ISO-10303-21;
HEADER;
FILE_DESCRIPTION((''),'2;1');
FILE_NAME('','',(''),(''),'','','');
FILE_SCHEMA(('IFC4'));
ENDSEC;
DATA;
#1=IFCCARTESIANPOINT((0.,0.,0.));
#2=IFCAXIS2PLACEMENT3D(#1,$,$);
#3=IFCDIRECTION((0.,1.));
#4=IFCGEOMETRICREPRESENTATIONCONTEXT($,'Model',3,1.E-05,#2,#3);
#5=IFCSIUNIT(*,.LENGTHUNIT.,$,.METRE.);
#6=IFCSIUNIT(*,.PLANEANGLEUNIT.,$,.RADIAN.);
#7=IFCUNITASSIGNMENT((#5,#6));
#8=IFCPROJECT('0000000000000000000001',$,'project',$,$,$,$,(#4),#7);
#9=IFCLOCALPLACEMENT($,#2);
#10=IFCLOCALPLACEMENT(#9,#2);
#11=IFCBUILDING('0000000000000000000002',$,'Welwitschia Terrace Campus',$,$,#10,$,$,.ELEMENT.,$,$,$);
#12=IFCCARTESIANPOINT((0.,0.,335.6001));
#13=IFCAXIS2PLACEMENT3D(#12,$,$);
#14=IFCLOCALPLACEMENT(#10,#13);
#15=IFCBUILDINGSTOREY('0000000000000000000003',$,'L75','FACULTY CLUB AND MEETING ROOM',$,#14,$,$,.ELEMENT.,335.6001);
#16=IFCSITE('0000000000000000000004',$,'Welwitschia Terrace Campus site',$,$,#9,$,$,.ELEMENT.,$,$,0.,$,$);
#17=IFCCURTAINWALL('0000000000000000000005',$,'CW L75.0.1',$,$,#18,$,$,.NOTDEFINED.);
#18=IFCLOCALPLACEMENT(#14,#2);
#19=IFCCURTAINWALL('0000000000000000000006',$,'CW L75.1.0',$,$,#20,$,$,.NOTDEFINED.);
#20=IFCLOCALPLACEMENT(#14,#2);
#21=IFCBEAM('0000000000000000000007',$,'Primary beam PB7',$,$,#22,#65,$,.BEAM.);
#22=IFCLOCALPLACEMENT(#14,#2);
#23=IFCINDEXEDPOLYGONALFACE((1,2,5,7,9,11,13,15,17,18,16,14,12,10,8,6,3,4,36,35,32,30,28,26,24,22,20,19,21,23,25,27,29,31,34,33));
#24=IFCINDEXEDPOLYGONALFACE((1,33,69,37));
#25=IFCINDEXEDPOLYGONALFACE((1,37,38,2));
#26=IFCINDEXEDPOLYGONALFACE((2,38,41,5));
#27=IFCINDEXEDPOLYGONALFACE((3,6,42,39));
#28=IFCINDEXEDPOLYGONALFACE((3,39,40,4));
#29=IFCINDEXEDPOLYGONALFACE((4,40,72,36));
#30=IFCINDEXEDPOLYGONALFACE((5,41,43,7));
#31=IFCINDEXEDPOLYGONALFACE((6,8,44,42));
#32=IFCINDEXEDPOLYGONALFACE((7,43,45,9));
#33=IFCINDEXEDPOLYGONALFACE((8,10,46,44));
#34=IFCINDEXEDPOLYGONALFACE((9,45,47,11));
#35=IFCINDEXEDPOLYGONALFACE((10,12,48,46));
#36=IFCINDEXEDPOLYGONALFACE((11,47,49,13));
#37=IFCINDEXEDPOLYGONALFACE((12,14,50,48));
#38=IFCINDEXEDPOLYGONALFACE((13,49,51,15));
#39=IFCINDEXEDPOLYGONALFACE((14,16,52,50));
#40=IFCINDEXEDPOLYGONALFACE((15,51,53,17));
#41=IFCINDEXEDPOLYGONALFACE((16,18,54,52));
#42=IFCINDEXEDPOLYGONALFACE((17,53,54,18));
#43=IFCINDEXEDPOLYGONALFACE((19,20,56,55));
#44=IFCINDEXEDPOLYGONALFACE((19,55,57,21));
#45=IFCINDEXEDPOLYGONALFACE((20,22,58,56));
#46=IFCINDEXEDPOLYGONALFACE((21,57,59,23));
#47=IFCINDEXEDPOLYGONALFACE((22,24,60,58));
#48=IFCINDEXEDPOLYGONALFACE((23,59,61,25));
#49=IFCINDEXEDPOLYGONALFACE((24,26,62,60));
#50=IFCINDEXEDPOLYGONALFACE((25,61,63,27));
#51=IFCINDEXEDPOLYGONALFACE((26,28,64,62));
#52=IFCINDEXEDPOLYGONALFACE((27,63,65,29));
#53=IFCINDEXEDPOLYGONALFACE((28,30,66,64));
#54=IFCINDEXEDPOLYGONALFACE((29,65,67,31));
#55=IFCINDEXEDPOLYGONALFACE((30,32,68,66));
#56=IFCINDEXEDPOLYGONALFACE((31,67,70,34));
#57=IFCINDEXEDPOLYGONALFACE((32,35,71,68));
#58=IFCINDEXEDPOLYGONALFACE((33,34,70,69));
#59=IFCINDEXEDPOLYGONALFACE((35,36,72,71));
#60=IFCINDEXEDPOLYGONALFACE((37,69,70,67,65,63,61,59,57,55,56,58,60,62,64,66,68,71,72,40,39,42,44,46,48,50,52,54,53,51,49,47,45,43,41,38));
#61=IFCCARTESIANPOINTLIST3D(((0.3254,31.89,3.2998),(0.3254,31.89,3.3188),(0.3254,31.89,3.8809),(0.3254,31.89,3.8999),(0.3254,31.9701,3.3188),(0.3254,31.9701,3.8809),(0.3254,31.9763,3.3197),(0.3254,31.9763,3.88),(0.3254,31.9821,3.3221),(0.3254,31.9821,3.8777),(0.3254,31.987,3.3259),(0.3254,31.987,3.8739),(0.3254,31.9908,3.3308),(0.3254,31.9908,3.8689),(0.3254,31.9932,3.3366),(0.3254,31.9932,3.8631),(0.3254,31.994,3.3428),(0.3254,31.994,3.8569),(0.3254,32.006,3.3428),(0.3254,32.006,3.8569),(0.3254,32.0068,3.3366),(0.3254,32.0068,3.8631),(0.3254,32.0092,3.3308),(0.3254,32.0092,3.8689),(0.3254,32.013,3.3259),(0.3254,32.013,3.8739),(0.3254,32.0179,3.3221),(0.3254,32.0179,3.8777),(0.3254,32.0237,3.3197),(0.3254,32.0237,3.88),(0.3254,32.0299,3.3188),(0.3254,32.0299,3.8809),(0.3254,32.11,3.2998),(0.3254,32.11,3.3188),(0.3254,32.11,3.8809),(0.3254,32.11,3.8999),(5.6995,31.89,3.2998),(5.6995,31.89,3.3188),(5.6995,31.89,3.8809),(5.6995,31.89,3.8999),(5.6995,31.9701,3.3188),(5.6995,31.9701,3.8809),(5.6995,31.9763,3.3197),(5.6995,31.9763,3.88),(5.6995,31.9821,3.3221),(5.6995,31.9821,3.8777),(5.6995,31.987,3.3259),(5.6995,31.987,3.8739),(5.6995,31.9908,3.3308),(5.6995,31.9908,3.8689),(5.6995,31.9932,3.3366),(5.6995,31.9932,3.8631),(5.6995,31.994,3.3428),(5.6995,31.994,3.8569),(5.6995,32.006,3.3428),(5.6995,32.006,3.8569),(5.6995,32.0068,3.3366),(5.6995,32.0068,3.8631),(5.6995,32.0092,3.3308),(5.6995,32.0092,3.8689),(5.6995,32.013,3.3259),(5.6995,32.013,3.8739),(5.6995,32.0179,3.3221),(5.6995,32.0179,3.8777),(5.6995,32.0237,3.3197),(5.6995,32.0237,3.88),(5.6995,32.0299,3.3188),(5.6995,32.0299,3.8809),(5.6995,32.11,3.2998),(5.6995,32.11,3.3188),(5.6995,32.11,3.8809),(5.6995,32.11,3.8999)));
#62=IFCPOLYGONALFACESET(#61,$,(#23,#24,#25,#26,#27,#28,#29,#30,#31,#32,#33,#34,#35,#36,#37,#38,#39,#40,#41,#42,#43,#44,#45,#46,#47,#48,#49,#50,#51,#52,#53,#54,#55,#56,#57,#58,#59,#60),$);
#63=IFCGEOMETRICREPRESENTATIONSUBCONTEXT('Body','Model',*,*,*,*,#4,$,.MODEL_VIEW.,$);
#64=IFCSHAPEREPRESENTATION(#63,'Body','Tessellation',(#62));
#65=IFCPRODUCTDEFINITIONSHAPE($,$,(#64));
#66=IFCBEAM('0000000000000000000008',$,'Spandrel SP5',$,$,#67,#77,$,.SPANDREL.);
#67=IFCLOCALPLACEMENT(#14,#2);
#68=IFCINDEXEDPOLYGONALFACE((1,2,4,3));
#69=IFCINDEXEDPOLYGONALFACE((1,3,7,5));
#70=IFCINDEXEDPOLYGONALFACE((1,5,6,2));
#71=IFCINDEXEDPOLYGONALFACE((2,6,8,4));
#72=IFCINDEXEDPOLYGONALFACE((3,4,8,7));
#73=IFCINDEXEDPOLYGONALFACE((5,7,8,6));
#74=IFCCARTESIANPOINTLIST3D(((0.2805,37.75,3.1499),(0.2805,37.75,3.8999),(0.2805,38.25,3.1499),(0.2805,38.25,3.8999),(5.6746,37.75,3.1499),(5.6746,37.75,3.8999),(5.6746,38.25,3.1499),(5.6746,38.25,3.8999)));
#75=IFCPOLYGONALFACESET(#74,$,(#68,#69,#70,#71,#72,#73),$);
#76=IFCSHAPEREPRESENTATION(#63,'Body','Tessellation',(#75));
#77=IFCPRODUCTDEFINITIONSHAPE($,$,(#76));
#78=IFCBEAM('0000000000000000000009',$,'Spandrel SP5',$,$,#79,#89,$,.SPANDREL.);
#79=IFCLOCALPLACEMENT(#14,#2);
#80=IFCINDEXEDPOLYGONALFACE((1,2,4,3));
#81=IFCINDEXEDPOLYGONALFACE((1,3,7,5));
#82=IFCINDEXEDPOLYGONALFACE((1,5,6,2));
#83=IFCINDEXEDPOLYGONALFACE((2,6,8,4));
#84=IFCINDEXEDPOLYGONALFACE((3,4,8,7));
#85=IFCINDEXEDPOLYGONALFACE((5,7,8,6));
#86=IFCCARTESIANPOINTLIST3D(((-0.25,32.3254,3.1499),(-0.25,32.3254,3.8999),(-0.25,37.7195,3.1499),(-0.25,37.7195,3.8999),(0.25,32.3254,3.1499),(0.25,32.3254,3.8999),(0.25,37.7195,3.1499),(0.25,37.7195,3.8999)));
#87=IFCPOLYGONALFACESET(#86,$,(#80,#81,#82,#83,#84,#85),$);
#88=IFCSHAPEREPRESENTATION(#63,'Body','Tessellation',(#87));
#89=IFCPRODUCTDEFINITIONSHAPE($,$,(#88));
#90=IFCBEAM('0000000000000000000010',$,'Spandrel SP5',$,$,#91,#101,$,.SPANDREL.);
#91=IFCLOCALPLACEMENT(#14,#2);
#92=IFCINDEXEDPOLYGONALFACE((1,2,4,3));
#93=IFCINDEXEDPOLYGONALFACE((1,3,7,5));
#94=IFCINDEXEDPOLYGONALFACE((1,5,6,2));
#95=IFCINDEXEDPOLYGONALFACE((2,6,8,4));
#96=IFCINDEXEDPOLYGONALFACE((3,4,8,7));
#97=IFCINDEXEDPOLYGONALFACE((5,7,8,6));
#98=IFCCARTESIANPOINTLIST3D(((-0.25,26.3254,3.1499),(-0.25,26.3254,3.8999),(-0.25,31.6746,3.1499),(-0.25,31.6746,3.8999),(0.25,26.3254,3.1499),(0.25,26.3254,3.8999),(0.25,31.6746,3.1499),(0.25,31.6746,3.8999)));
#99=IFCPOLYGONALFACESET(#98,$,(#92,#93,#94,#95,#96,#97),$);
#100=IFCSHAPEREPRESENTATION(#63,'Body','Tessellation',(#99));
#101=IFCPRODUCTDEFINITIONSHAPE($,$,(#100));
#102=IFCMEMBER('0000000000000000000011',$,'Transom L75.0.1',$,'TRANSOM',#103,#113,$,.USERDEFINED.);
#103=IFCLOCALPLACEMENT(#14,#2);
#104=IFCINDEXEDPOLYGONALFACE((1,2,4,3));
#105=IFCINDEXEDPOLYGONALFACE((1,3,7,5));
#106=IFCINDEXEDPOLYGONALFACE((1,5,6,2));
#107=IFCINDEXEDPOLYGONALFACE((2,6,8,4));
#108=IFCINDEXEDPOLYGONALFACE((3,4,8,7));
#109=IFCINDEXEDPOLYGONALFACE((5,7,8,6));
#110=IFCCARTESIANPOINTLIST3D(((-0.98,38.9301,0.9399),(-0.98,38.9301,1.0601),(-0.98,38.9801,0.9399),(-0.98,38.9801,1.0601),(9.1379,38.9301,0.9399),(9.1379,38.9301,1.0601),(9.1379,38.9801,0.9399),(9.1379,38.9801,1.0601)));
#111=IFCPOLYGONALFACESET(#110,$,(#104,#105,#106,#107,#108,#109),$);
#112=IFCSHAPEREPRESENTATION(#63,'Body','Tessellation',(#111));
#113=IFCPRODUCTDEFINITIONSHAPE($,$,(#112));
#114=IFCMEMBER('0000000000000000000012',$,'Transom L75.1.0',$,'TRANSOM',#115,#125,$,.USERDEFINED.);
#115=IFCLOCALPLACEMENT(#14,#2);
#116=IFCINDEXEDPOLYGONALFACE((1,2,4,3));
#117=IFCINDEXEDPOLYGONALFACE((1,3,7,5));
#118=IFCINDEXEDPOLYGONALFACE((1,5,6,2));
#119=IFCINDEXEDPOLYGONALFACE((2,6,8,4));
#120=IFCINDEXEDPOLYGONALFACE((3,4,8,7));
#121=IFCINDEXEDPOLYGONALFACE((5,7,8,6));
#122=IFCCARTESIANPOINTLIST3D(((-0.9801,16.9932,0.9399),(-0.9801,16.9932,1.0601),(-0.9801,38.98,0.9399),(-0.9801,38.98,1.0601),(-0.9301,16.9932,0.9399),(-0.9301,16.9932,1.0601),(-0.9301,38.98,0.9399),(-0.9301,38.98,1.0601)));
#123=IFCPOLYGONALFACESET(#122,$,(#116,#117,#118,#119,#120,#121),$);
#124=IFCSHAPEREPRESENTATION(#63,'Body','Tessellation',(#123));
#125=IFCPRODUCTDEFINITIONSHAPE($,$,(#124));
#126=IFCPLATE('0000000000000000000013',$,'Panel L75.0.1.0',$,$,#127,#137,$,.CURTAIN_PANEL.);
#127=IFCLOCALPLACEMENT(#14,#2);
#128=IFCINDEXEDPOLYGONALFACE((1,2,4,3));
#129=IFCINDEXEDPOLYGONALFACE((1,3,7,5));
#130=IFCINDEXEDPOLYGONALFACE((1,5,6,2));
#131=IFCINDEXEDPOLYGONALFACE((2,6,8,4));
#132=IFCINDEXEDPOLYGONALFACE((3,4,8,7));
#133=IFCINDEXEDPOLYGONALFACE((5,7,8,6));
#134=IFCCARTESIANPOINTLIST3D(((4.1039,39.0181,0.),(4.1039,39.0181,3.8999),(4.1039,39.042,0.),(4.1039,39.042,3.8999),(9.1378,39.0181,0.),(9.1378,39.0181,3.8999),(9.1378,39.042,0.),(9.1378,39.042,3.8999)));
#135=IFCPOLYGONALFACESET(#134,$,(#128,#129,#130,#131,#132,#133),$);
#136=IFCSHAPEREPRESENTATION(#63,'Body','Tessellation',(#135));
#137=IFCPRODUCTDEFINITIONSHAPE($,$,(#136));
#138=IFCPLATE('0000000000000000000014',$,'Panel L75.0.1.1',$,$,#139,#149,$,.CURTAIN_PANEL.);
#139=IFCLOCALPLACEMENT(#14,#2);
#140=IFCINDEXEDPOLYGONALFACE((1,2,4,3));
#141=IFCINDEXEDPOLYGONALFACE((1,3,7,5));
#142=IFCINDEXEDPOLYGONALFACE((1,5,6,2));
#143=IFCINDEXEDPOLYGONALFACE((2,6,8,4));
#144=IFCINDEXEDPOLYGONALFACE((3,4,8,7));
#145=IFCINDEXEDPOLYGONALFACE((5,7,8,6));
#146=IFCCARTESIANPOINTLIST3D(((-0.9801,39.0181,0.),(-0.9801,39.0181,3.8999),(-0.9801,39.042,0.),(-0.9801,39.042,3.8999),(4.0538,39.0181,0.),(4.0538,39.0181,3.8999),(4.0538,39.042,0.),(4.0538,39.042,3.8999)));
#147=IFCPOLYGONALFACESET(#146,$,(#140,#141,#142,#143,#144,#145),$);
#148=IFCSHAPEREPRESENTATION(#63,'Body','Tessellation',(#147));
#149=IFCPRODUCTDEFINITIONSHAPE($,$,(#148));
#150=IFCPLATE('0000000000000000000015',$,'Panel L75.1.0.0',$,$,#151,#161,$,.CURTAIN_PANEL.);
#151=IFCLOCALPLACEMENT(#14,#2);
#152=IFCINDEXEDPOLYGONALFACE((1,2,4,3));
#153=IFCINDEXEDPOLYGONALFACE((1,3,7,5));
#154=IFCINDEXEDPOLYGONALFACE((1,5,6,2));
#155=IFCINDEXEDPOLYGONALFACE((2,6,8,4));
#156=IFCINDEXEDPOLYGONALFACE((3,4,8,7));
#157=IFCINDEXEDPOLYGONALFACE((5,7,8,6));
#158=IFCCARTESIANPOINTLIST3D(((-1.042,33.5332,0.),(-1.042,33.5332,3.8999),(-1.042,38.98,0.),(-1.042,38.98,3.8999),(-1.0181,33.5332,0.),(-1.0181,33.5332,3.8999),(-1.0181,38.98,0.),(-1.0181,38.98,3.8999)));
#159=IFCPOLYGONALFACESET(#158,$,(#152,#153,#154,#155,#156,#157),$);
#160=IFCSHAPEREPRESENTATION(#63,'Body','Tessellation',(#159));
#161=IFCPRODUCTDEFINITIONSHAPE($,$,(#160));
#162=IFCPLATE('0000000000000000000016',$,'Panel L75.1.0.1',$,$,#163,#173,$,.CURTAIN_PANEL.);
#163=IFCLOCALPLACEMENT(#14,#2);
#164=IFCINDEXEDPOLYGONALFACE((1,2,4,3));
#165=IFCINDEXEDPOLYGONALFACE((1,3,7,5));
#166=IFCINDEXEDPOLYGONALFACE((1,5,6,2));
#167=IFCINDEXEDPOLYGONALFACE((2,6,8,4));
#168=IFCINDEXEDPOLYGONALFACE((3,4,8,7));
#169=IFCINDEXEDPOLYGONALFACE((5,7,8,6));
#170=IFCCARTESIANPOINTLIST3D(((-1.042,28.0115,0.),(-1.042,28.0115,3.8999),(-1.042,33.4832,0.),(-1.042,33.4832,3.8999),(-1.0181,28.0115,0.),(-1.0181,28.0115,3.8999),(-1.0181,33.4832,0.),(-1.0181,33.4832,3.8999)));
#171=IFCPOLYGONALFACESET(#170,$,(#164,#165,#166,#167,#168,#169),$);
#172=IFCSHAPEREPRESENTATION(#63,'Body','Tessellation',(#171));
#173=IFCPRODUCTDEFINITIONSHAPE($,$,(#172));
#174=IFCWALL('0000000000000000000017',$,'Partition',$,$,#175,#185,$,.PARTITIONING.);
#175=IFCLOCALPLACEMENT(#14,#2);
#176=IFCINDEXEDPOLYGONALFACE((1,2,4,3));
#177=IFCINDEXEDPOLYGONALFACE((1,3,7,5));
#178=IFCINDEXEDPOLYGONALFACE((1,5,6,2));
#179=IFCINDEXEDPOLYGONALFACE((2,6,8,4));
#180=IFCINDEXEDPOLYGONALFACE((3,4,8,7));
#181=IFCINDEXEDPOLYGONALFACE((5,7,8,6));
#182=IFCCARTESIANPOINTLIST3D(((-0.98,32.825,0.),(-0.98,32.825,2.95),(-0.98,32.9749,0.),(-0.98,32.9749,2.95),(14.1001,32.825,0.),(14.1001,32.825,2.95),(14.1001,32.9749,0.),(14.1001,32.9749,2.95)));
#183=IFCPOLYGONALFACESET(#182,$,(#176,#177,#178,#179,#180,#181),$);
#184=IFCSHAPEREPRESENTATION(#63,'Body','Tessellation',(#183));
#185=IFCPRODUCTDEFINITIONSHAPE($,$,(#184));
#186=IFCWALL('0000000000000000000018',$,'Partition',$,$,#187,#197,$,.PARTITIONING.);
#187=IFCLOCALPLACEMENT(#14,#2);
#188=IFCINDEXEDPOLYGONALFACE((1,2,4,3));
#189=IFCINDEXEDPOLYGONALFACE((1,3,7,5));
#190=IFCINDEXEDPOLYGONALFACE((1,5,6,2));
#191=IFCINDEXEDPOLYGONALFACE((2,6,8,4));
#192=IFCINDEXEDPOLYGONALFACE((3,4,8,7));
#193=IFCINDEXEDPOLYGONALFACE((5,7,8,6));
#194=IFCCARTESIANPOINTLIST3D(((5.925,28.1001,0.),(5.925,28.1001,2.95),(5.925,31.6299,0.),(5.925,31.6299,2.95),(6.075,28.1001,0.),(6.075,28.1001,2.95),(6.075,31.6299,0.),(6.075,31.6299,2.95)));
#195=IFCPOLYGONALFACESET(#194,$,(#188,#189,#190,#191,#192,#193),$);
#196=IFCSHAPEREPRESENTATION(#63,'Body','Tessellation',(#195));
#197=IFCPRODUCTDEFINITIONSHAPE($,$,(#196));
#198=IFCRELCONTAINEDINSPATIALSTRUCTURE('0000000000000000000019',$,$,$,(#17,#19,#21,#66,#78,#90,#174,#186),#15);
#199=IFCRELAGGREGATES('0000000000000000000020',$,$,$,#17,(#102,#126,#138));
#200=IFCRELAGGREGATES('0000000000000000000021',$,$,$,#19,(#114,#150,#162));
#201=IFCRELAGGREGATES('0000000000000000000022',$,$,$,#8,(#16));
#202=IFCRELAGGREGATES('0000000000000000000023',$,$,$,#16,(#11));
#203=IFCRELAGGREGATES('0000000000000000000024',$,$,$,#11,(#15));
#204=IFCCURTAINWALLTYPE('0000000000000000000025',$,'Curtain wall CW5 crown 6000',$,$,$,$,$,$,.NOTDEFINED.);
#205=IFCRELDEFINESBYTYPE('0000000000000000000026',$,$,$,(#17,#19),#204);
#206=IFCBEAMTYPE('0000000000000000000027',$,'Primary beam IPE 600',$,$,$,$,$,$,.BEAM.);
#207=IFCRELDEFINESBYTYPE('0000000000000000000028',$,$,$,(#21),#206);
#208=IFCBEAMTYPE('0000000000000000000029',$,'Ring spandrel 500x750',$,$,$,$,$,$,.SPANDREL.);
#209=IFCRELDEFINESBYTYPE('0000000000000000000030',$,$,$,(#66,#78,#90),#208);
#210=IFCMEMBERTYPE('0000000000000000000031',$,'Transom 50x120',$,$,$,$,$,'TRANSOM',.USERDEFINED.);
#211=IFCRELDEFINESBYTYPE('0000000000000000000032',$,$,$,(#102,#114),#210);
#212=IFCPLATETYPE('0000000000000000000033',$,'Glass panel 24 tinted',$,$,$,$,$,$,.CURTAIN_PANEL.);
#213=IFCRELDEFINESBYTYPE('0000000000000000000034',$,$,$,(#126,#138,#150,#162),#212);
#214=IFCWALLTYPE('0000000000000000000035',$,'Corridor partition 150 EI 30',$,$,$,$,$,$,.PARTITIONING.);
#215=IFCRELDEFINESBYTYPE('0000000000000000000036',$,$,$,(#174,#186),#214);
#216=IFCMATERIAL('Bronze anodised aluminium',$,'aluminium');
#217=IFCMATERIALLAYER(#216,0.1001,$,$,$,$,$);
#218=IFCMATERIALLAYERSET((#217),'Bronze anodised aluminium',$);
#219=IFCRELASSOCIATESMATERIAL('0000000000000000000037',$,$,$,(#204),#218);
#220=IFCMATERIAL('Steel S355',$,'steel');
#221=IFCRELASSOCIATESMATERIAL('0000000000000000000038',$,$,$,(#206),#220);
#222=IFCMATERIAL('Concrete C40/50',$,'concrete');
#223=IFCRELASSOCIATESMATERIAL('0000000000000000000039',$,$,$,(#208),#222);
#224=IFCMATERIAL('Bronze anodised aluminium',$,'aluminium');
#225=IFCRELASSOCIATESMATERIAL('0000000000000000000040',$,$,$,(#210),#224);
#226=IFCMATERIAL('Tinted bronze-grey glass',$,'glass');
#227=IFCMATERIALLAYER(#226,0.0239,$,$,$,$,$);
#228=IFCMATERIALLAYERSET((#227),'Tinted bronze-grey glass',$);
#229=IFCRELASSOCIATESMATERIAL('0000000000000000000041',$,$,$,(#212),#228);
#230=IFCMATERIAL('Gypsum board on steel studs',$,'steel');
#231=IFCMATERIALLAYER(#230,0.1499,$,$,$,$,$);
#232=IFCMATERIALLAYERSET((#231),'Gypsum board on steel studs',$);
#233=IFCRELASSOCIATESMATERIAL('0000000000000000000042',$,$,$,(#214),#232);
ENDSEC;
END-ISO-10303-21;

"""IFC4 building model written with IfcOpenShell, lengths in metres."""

from ifc_helpers import new_model, si_unit, direction, frame, frame_2d, origin, origin_2d, place, context, subcontext, project, spatial, rectangle, i_section, extrude, material, layer, layer_set, material_profile, profile_set, type_object, element, aggregate, save


model = new_model("IFC4")

# Units and contexts
model_context = context("Model", 3, precision=1e-05, world=origin(), true_north=direction((0.0, 1.0)))
body_context = subcontext(model_context, "Body", "Model", "MODEL_VIEW")
ifc_project = project(units=[si_unit("LENGTHUNIT", "METRE"), si_unit("PLANEANGLEUNIT", "RADIAN")], contexts=[model_context])

# Site, building, storey
site_placement = place(None, origin())
site = spatial("IfcSite", under=ifc_project, at=site_placement, Name="Welwitschia Terrace Campus site", CompositionType="ELEMENT", RefElevation=0.0)
building_placement = place(site_placement, origin())
building = spatial("IfcBuilding", under=site, at=building_placement, Name="Welwitschia Terrace Campus", CompositionType="ELEMENT")
storey_placement = place(building_placement, frame((0.0, 0.0, 335.6001)))
storey = spatial("IfcBuildingStorey", under=building, at=storey_placement, Name="L75", Description="FACULTY CLUB AND MEETING ROOM", CompositionType="ELEMENT", Elevation=335.6001)

# Curtain walls
ifc_material_1 = material(Name="Bronze anodised aluminium", Category="aluminium")
ifc_layer_1 = layer(ifc_material_1, 0.1001)
ifc_layer_set_1 = layer_set([ifc_layer_1], Name="Bronze anodised aluminium")
curtain_wall_type = type_object("IfcCurtainWallType", Name="Curtain wall CW5 crown 6000", PredefinedType="NOTDEFINED", material=ifc_layer_set_1)
curtain_wall_1_placement = place(storey_placement, origin())
curtain_wall_1 = element("IfcCurtainWall", 1, at=curtain_wall_1_placement, inside=storey, type_object=curtain_wall_type, Name="CW L75.0.1", PredefinedType="NOTDEFINED")
curtain_wall_2_placement = place(storey_placement, origin())
curtain_wall_2 = element("IfcCurtainWall", 2, at=curtain_wall_2_placement, inside=storey, type_object=curtain_wall_type, Name="CW L75.1.0", PredefinedType="NOTDEFINED")

# Beams
ifc_material_2 = material(Name="Steel S355", Category="steel")
ifc_material_profile_1 = material_profile(ifc_material_2, i_section(OverallWidth=0.22, OverallDepth=0.6001, WebThickness=0.012, FlangeThickness=0.019, FilletRadius=0.0239, at=origin_2d()))
ifc_profile_set_1 = profile_set([ifc_material_profile_1], Name="Steel S355")
beam_type_1 = type_object("IfcBeamType", Name="Primary beam IPE 600", PredefinedType="BEAM", material=ifc_profile_set_1)
beam_1_placement = place(storey_placement, frame((0.3254, 32.0, 3.5999), z_axis=(1.0, 0.0, 0.0), x_axis=(0.0, 1.0, 0.0)))
element("IfcBeam", 3, at=beam_1_placement, inside=storey, type_object=beam_type_1, Name="Primary beam PB7", PredefinedType="BEAM", context=body_context, shape_type="SweptSolid", body=[
    extrude(i_section(OverallWidth=0.22, OverallDepth=0.6001, WebThickness=0.012, FlangeThickness=0.019, FilletRadius=0.0239, at=origin_2d()), origin(), (0.0, 0.0, 1.0), 5.374),
])
ifc_material_3 = material(Name="Concrete C40/50", Category="concrete")
ifc_material_profile_2 = material_profile(ifc_material_3, rectangle(XDim=0.5, YDim=0.75, at=origin_2d()))
ifc_profile_set_2 = profile_set([ifc_material_profile_2], Name="Concrete C40/50")
beam_type_2 = type_object("IfcBeamType", Name="Ring spandrel 500x750", PredefinedType="SPANDREL", material=ifc_profile_set_2)
for number, where, z_axis, x_axis, name in (
    (4, (5.6746, 38.0, 3.5249), (-1.0, 0.0, 0.0), (0.0, -1.0, 0.0), "Spandrel SP5"),
    (5, (0.0, 37.7195, 3.5249), (0.0, -1.0, 0.0), (1.0, 0.0, 0.0), "Spandrel SP5"),
):
    element("IfcBeam", number, at=place(storey_placement, frame(where, z_axis=z_axis, x_axis=x_axis)), inside=storey, type_object=beam_type_2, Name=name, PredefinedType="SPANDREL", context=body_context, shape_type="SweptSolid", body=[
        extrude(rectangle(XDim=0.5, YDim=0.75, at=origin_2d()), origin(), (0.0, 0.0, 1.0), 5.394),
    ])
beam_2_placement = place(storey_placement, frame((0.0, 31.6746, 3.5249), z_axis=(0.0, -1.0, 0.0), x_axis=(1.0, 0.0, 0.0)))
element("IfcBeam", 6, at=beam_2_placement, inside=storey, type_object=beam_type_2, Name="Spandrel SP5", PredefinedType="SPANDREL", context=body_context, shape_type="SweptSolid", body=[
    extrude(rectangle(XDim=0.5, YDim=0.75, at=origin_2d()), origin(), (0.0, 0.0, 1.0), 5.3491),
])

# Members
ifc_material_4 = material(Name="Bronze anodised aluminium", Category="aluminium")
ifc_material_profile_3 = material_profile(ifc_material_4, rectangle(XDim=0.05, YDim=0.1201, at=origin_2d()))
ifc_profile_set_3 = profile_set([ifc_material_profile_3], Name="Bronze anodised aluminium")
member_type_1 = type_object("IfcMemberType", Name="Transom 50x120", ElementType="TRANSOM", PredefinedType="USERDEFINED", material=ifc_profile_set_3)
member_1_placement = place(storey_placement, frame((9.1379, 38.9551, 1.0), z_axis=(-1.0, 0.0, 0.0), x_axis=(0.0, -1.0, 0.0)))
member_1 = element("IfcMember", 7, at=member_1_placement, type_object=member_type_1, Name="Transom L75.0.1", ObjectType="TRANSOM", PredefinedType="USERDEFINED", context=body_context, shape_type="SweptSolid", body=[
    extrude(rectangle(XDim=0.05, YDim=0.1201, at=origin_2d()), origin(), (0.0, 0.0, 1.0), 10.1179),
])
member_2_placement = place(storey_placement, frame((-0.9551, 38.98, 1.0), z_axis=(0.0, -1.0, 0.0), x_axis=(1.0, 0.0, 0.0)))
member_2 = element("IfcMember", 8, at=member_2_placement, type_object=member_type_1, Name="Transom L75.1.0", ObjectType="TRANSOM", PredefinedType="USERDEFINED", context=body_context, shape_type="SweptSolid", body=[
    extrude(rectangle(XDim=0.05, YDim=0.1201, at=origin_2d()), origin(), (0.0, 0.0, 1.0), 21.9868),
])

# Plates
ifc_material_5 = material(Name="Tinted bronze-grey glass", Category="glass")
ifc_layer_2 = layer(ifc_material_5, 0.0239)
ifc_layer_set_2 = layer_set([ifc_layer_2], Name="Tinted bronze-grey glass")
plate_type = type_object("IfcPlateType", Name="Glass panel 24 tinted", PredefinedType="CURTAIN_PANEL", material=ifc_layer_set_2)
plate_1_placement = place(storey_placement, frame((6.6208, 39.03, 0.0), z_axis=(0.0, 0.0, 1.0), x_axis=(-1.0, 0.0, 0.0)))
plate_1 = element("IfcPlate", 9, at=plate_1_placement, type_object=plate_type, Name="Panel L75.0.1.0", PredefinedType="CURTAIN_PANEL", context=body_context, shape_type="SweptSolid", body=[
    extrude(rectangle(XDim=5.0339, YDim=0.0239, at=origin_2d()), origin(), (0.0, 0.0, 1.0), 3.8999),
])
plate_2_placement = place(storey_placement, frame((1.5369, 39.03, 0.0), z_axis=(0.0, 0.0, 1.0), x_axis=(-1.0, 0.0, 0.0)))
plate_2 = element("IfcPlate", 10, at=plate_2_placement, type_object=plate_type, Name="Panel L75.0.1.1", PredefinedType="CURTAIN_PANEL", context=body_context, shape_type="SweptSolid", body=[
    extrude(rectangle(XDim=5.0339, YDim=0.0239, at=origin_2d()), origin(), (0.0, 0.0, 1.0), 3.8999),
])
aggregate(curtain_wall_1, [member_1, plate_1, plate_2])
plate_3_placement = place(storey_placement, frame((-1.03, 36.2566, 0.0), z_axis=(0.0, 0.0, 1.0), x_axis=(0.0, -1.0, 0.0)))
plate_3 = element("IfcPlate", 11, at=plate_3_placement, type_object=plate_type, Name="Panel L75.1.0.0", PredefinedType="CURTAIN_PANEL", context=body_context, shape_type="SweptSolid", body=[
    extrude(rectangle(XDim=5.4468, YDim=0.0239, at=origin_2d()), origin(), (0.0, 0.0, 1.0), 3.8999),
])
plate_4_placement = place(storey_placement, frame((-1.03, 30.7473, 0.0), z_axis=(0.0, 0.0, 1.0), x_axis=(0.0, -1.0, 0.0)))
plate_4 = element("IfcPlate", 12, at=plate_4_placement, type_object=plate_type, Name="Panel L75.1.0.1", PredefinedType="CURTAIN_PANEL", context=body_context, shape_type="SweptSolid", body=[
    extrude(rectangle(XDim=5.4717, YDim=0.0239, at=origin_2d()), origin(), (0.0, 0.0, 1.0), 3.8999),
])
aggregate(curtain_wall_2, [member_2, plate_3, plate_4])

# Walls
ifc_material_6 = material(Name="Gypsum board on steel studs", Category="steel")
ifc_layer_3 = layer(ifc_material_6, 0.1499)
ifc_layer_set_3 = layer_set([ifc_layer_3], Name="Gypsum board on steel studs")
wall_type_1 = type_object("IfcWallType", Name="Corridor partition 150 EI 30", PredefinedType="PARTITIONING", material=ifc_layer_set_3)
wall_1_placement = place(storey_placement, frame((-0.98, 32.8999, 0.0), z_axis=(0.0, 0.0, 1.0), x_axis=(1.0, 0.0, 0.0)))
element("IfcWall", 13, at=wall_1_placement, inside=storey, type_object=wall_type_1, Name="Partition", PredefinedType="PARTITIONING", context=body_context, shape_type="SweptSolid", body=[
    extrude(rectangle(XDim=15.0801, YDim=0.1499, at=frame_2d((7.54, 0.0))), origin(), (0.0, 0.0, 1.0), 2.95),
])
wall_2_placement = place(storey_placement, frame((6.0, 28.1001, 0.0), z_axis=(0.0, 0.0, 1.0), x_axis=(0.0, 1.0, 0.0)))
element("IfcWall", 14, at=wall_2_placement, inside=storey, type_object=wall_type_1, Name="Partition", PredefinedType="PARTITIONING", context=body_context, shape_type="SweptSolid", body=[
    extrude(rectangle(XDim=3.5298, YDim=0.1499, at=frame_2d((1.7649, 0.0))), origin(), (0.0, 0.0, 1.0), 2.95),
])

save(model, "model.ifc")
